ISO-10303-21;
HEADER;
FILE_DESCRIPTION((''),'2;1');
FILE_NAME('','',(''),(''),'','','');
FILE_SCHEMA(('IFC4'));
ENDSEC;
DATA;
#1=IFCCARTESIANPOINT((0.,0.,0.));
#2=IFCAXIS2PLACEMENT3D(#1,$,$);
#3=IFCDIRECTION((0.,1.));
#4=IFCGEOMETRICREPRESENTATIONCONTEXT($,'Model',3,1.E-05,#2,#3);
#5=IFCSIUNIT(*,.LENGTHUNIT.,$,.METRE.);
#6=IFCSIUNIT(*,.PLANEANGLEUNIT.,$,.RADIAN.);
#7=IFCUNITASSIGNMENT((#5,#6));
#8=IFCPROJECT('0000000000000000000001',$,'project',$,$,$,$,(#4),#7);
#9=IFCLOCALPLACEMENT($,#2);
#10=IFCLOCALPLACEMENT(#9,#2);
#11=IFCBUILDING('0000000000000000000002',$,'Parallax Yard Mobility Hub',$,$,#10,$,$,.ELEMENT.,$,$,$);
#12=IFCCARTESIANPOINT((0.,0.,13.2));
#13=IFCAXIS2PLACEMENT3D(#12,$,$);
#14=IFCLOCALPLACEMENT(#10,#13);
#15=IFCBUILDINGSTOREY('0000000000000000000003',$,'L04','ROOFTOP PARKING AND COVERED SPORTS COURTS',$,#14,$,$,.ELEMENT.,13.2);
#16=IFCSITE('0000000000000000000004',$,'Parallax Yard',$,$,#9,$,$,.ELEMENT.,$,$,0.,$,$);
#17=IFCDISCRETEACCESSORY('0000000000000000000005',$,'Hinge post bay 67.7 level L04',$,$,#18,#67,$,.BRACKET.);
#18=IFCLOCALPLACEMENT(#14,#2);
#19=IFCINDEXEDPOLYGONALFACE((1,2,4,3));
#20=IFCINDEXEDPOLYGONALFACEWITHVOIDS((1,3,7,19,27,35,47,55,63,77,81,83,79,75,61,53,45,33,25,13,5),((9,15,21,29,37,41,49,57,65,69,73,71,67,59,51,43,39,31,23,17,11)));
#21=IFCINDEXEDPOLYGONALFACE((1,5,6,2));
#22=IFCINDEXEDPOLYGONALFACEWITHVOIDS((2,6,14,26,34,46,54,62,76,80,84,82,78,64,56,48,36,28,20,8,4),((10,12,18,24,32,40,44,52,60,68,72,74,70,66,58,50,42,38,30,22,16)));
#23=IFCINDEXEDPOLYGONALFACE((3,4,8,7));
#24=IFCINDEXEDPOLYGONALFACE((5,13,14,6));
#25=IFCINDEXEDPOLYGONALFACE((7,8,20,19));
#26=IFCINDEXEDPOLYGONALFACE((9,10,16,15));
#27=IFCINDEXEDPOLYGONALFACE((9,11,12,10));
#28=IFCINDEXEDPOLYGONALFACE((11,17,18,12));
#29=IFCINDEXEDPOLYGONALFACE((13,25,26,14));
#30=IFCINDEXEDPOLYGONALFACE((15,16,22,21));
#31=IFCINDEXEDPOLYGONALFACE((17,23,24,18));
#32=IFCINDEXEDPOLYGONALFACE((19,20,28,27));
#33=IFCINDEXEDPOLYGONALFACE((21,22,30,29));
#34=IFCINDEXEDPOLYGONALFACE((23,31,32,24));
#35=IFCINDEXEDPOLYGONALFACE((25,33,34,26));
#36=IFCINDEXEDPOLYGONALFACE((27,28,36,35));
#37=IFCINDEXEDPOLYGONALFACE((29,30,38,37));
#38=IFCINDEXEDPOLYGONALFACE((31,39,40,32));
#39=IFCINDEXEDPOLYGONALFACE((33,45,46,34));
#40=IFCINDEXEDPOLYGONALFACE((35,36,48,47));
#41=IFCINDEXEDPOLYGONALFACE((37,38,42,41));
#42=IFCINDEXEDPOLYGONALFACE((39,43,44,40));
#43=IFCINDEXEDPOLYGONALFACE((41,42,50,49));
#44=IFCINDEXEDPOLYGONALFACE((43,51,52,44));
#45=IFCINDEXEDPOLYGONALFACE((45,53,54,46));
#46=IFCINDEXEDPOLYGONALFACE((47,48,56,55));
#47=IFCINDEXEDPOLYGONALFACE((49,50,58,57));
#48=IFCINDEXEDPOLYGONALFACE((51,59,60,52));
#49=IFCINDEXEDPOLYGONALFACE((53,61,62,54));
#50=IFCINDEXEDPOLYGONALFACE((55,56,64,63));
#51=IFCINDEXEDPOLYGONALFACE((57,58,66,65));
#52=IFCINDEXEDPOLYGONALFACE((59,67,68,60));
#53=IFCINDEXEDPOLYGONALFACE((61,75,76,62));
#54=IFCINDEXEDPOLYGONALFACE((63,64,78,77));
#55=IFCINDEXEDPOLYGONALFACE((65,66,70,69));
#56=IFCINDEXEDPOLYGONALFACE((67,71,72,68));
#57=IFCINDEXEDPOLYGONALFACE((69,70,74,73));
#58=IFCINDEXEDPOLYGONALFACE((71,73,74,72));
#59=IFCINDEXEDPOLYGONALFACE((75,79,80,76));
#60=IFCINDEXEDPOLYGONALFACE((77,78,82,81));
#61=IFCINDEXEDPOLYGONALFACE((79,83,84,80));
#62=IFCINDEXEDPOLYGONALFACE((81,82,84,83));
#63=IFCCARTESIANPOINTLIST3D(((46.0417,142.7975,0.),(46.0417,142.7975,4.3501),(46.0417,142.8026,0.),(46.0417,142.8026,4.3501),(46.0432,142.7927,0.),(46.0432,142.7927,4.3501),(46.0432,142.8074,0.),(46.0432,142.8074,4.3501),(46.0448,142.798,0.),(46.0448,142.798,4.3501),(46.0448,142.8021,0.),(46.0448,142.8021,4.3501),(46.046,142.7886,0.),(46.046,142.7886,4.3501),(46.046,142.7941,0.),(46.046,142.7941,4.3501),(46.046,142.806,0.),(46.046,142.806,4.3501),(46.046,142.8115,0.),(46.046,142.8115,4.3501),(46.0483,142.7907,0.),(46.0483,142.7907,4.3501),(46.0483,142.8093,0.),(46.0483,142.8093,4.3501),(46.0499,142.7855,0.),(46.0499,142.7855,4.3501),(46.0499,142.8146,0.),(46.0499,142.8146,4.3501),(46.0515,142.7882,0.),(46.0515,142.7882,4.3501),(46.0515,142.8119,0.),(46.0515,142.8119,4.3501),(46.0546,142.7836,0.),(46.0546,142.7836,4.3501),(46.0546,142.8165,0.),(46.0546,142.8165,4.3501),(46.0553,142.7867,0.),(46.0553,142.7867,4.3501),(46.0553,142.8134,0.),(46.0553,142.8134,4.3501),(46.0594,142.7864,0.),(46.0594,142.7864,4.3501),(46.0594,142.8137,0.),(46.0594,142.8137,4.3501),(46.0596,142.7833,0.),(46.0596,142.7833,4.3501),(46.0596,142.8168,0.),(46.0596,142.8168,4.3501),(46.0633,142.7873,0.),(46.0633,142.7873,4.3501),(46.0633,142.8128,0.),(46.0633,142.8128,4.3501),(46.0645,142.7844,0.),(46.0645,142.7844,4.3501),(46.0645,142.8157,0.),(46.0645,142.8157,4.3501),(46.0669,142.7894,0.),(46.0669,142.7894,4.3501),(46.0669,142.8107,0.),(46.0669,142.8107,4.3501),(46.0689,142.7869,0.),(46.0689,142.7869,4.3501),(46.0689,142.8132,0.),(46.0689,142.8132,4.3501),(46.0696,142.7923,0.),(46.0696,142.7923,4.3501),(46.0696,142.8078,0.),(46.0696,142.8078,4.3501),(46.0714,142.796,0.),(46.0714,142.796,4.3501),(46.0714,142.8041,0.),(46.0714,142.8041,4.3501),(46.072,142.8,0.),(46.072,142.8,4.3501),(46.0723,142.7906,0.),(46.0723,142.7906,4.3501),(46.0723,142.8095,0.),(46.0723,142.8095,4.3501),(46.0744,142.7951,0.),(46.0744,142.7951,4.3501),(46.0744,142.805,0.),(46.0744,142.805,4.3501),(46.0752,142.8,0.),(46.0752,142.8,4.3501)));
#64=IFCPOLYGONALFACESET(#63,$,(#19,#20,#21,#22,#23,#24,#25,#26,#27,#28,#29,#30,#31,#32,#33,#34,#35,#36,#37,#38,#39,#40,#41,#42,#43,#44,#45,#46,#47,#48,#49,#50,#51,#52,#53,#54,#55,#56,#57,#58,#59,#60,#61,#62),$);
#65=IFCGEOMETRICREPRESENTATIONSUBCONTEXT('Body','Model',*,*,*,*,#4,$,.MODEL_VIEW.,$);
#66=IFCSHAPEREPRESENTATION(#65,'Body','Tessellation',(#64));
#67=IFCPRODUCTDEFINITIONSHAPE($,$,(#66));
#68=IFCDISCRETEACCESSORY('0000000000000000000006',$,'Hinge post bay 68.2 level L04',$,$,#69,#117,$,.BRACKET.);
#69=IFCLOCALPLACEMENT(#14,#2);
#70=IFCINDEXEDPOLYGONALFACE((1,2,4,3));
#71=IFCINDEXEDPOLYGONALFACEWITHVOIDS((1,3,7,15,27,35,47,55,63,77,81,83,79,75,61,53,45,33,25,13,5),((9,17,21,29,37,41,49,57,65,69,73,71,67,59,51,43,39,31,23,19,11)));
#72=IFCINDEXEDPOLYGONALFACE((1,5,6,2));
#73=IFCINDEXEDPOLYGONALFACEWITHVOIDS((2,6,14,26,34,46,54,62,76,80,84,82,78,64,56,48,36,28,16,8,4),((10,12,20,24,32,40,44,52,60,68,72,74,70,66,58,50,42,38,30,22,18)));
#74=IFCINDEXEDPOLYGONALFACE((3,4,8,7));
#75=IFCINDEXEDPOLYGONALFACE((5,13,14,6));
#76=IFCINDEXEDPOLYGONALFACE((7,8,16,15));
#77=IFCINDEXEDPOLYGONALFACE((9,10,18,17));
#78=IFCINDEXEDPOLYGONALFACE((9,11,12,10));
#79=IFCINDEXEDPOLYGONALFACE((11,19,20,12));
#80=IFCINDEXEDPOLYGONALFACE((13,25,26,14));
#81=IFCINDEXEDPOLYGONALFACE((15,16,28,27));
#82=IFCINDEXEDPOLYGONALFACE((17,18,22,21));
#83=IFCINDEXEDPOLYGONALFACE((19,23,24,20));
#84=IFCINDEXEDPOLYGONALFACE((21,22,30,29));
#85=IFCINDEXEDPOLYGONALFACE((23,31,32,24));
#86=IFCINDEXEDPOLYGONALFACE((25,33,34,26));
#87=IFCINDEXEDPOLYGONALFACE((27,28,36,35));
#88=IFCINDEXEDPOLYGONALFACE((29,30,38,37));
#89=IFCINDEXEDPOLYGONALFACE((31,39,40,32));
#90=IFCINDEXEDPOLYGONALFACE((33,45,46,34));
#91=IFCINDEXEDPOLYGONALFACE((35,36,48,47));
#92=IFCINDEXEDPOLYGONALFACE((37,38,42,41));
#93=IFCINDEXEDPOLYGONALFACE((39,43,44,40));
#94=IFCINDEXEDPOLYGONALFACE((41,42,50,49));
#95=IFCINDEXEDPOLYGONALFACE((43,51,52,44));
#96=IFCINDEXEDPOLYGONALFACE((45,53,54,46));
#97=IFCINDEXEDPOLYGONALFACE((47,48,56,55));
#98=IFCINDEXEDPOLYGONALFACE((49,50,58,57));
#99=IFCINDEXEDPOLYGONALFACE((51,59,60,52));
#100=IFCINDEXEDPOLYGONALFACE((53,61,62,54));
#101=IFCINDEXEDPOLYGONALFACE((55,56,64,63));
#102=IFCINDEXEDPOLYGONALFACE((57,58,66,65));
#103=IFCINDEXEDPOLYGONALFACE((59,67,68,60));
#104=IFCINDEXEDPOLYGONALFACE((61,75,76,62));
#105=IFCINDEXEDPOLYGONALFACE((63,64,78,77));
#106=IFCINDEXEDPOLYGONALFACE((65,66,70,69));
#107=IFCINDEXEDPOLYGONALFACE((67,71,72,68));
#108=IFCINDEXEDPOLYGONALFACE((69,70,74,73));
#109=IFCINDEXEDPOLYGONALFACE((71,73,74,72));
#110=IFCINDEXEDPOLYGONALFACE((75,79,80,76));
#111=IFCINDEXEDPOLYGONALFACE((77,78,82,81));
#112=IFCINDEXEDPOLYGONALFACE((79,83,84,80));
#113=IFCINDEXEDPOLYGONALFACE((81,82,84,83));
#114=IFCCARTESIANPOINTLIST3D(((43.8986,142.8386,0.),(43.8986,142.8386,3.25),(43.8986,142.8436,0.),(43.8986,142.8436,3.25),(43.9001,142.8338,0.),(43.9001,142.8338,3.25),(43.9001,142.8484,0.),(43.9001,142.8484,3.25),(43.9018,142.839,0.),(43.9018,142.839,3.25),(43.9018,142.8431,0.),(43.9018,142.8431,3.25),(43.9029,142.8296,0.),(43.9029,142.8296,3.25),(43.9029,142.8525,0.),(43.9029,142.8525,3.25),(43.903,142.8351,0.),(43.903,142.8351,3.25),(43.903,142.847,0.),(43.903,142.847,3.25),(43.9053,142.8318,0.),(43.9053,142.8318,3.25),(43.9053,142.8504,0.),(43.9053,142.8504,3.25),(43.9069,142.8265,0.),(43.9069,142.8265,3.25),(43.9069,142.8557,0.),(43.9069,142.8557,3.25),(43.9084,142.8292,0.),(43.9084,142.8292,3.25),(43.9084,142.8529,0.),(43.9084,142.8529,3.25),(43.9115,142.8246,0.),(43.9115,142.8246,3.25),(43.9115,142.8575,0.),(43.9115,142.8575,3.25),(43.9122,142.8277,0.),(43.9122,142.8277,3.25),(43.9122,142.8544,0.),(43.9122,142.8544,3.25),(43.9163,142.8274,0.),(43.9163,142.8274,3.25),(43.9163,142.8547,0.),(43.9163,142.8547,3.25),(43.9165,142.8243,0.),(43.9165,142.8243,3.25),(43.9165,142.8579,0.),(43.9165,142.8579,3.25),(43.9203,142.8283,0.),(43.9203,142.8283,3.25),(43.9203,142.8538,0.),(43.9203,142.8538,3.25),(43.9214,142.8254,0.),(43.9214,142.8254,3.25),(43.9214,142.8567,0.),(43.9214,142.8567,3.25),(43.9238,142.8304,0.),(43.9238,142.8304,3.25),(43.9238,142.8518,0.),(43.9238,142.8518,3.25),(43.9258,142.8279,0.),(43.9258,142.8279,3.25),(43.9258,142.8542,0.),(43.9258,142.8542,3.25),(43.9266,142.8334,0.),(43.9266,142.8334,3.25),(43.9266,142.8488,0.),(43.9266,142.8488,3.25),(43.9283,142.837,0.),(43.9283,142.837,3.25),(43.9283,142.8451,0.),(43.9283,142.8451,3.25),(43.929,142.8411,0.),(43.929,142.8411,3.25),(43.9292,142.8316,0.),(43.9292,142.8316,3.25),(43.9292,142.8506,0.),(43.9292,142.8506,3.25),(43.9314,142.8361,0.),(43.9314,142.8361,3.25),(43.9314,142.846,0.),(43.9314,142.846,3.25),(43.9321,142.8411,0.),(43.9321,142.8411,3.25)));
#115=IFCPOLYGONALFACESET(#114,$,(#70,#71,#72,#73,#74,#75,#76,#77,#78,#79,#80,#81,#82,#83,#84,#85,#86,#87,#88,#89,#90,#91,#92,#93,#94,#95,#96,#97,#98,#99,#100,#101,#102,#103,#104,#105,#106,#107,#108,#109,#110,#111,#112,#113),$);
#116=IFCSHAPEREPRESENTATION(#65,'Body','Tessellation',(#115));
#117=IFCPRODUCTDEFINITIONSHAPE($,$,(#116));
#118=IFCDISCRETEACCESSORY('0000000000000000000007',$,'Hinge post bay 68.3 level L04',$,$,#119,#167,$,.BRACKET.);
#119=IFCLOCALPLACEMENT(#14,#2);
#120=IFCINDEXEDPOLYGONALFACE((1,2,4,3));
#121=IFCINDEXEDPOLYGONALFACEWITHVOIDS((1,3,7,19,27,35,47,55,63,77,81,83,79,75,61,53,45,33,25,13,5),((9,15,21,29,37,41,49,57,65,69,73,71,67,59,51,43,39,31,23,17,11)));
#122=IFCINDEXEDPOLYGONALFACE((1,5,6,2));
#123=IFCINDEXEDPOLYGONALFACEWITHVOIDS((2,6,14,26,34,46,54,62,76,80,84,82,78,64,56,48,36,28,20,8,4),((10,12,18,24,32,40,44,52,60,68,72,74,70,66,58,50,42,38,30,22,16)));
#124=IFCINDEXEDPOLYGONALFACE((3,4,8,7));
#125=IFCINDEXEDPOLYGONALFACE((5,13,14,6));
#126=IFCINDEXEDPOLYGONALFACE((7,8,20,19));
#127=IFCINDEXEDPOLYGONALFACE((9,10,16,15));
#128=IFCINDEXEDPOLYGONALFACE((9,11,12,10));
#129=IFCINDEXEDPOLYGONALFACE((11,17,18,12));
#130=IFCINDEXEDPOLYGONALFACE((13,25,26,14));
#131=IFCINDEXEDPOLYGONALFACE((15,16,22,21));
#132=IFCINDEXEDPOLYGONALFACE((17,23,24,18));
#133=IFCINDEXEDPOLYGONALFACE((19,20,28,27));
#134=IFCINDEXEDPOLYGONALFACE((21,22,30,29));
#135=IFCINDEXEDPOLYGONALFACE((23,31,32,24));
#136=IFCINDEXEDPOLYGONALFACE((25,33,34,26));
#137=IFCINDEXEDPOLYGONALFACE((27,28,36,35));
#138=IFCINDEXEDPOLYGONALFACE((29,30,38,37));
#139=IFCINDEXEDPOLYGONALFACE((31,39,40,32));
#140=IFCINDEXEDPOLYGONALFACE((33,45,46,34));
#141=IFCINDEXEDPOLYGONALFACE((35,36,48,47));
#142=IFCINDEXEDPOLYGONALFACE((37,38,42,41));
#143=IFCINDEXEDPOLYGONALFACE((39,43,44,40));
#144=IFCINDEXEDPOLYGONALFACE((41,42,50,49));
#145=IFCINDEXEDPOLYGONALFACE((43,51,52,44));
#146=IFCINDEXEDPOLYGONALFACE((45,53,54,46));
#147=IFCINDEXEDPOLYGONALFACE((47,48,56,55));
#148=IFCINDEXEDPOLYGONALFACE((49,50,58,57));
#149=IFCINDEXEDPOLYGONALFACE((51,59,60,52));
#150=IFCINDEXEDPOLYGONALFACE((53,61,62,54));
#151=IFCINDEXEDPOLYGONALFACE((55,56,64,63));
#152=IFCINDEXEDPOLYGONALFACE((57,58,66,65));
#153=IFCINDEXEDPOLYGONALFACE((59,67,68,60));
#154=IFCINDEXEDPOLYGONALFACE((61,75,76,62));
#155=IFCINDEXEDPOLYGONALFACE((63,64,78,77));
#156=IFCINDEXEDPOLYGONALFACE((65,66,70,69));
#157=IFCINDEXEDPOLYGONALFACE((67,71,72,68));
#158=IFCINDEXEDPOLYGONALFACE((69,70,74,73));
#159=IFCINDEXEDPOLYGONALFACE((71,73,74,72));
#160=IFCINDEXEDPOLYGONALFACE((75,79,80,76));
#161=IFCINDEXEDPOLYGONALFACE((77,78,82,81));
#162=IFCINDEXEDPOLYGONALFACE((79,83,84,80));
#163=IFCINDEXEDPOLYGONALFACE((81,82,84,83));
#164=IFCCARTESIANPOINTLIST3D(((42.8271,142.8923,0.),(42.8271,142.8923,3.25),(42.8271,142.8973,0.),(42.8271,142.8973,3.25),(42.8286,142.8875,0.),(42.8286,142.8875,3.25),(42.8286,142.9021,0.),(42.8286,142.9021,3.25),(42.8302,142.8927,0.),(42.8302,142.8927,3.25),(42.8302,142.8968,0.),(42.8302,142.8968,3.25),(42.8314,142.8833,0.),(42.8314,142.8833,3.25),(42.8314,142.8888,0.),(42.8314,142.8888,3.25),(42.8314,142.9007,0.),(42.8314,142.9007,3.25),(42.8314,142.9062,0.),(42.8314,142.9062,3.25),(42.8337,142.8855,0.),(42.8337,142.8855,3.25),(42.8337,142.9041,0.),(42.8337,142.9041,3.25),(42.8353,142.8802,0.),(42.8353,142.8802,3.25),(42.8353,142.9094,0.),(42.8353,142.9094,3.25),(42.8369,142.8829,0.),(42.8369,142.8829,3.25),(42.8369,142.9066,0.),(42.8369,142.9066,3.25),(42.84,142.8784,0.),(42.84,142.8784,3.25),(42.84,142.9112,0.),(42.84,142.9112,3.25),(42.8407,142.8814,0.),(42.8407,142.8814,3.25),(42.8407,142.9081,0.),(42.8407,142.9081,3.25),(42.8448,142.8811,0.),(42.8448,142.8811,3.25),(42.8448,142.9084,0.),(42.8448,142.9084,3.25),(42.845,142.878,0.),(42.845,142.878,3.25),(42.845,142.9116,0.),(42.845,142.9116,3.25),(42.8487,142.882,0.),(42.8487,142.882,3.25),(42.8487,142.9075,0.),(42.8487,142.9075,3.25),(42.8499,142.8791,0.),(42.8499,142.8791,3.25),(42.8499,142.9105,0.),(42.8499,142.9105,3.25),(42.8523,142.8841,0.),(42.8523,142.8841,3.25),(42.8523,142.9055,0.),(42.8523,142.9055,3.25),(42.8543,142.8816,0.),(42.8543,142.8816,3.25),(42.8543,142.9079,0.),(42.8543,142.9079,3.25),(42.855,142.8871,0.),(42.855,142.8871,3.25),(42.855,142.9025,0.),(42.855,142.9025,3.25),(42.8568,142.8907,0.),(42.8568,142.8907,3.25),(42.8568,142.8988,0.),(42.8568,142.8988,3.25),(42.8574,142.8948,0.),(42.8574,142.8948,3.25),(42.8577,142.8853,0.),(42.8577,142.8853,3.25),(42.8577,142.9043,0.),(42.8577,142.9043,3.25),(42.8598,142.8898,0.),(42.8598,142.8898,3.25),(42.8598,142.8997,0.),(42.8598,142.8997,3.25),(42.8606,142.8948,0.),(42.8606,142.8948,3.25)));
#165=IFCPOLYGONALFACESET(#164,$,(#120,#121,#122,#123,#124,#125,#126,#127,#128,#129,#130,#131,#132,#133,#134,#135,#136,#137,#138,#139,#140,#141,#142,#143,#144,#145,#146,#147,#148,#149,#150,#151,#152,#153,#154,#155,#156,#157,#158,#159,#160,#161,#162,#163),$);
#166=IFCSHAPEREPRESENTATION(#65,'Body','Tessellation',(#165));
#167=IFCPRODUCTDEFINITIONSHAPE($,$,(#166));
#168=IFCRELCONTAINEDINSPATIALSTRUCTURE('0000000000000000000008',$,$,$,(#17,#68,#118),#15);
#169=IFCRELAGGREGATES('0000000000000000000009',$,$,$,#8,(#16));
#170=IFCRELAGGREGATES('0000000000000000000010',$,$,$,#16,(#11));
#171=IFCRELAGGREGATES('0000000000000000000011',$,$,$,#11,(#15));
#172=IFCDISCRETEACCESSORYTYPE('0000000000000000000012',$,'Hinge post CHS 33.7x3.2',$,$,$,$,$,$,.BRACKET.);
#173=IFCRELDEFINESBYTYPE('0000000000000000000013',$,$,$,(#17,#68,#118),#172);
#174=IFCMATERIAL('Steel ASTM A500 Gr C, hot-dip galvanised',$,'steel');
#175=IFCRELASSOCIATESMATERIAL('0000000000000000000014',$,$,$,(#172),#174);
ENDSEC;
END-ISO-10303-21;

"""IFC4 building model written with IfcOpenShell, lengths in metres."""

from ifc_helpers import new_model, si_unit, direction, frame, origin, origin_2d, place, context, subcontext, project, spatial, hollow_circle, extrude, material, material_profile, profile_set, type_object, element, save


model = new_model("IFC4")

# Units and contexts
model_context = context("Model", 3, precision=1e-05, world=origin(), true_north=direction((0.0, 1.0)))
body_context = subcontext(model_context, "Body", "Model", "MODEL_VIEW")
ifc_project = project(units=[si_unit("LENGTHUNIT", "METRE"), si_unit("PLANEANGLEUNIT", "RADIAN")], contexts=[model_context])

# Site, building, storey
site_placement = place(None, origin())
site = spatial("IfcSite", under=ifc_project, at=site_placement, Name="Parallax Yard", CompositionType="ELEMENT", RefElevation=0.0)
building_placement = place(site_placement, origin())
building = spatial("IfcBuilding", under=site, at=building_placement, Name="Parallax Yard Mobility Hub", CompositionType="ELEMENT")
storey_placement = place(building_placement, frame((0.0, 0.0, 13.2)))
storey = spatial("IfcBuildingStorey", under=building, at=storey_placement, Name="L04", Description="ROOFTOP PARKING AND COVERED SPORTS COURTS", CompositionType="ELEMENT", Elevation=13.2)

# Discrete accessories
ifc_material_1 = material(Name="Steel ASTM A500 Gr C, hot-dip galvanised", Category="steel")
ifc_material_profile = material_profile(ifc_material_1, hollow_circle(Radius=0.0168, WallThickness=0.0032, at=origin_2d()), Name="CHS 33.7x3.2")
ifc_profile_set = profile_set([ifc_material_profile], Name="Steel ASTM A500 Gr C, hot-dip galvanised")
discrete_accessory_type = type_object("IfcDiscreteAccessoryType", Name="Hinge post CHS 33.7x3.2", PredefinedType="BRACKET", material=ifc_profile_set)
discrete_accessory_1_placement = place(storey_placement, frame((46.0583, 142.8, 0.0), z_axis=(0.0, 0.0, 1.0), x_axis=(1.0, 0.0, 0.0)))
element("IfcDiscreteAccessory", 1, at=discrete_accessory_1_placement, inside=storey, type_object=discrete_accessory_type, Name="Hinge post bay 67.7 level L04", PredefinedType="BRACKET", context=body_context, shape_type="SweptSolid", body=[
    extrude(hollow_circle(Radius=0.0168, WallThickness=0.0032, at=origin_2d()), origin(), (0.0, 0.0, 1.0), 4.3501),
])
for number, where, z_axis, x_axis, name in (
    (2, (43.9153, 142.8411, 0.0), (0.0, 0.0, 1.0), (1.0, 0.0, 0.0), "Hinge post bay 68.2 level L04"),
    (3, (42.8438, 142.8948, 0.0), (0.0, 0.0, 1.0), (1.0, 0.0, 0.0), "Hinge post bay 68.3 level L04"),
):
    element("IfcDiscreteAccessory", number, at=place(storey_placement, frame(where, z_axis=z_axis, x_axis=x_axis)), inside=storey, type_object=discrete_accessory_type, Name=name, PredefinedType="BRACKET", context=body_context, shape_type="SweptSolid", body=[
        extrude(hollow_circle(Radius=0.0168, WallThickness=0.0032, at=origin_2d()), origin(), (0.0, 0.0, 1.0), 3.25),
    ])

save(model, "model.ifc")
